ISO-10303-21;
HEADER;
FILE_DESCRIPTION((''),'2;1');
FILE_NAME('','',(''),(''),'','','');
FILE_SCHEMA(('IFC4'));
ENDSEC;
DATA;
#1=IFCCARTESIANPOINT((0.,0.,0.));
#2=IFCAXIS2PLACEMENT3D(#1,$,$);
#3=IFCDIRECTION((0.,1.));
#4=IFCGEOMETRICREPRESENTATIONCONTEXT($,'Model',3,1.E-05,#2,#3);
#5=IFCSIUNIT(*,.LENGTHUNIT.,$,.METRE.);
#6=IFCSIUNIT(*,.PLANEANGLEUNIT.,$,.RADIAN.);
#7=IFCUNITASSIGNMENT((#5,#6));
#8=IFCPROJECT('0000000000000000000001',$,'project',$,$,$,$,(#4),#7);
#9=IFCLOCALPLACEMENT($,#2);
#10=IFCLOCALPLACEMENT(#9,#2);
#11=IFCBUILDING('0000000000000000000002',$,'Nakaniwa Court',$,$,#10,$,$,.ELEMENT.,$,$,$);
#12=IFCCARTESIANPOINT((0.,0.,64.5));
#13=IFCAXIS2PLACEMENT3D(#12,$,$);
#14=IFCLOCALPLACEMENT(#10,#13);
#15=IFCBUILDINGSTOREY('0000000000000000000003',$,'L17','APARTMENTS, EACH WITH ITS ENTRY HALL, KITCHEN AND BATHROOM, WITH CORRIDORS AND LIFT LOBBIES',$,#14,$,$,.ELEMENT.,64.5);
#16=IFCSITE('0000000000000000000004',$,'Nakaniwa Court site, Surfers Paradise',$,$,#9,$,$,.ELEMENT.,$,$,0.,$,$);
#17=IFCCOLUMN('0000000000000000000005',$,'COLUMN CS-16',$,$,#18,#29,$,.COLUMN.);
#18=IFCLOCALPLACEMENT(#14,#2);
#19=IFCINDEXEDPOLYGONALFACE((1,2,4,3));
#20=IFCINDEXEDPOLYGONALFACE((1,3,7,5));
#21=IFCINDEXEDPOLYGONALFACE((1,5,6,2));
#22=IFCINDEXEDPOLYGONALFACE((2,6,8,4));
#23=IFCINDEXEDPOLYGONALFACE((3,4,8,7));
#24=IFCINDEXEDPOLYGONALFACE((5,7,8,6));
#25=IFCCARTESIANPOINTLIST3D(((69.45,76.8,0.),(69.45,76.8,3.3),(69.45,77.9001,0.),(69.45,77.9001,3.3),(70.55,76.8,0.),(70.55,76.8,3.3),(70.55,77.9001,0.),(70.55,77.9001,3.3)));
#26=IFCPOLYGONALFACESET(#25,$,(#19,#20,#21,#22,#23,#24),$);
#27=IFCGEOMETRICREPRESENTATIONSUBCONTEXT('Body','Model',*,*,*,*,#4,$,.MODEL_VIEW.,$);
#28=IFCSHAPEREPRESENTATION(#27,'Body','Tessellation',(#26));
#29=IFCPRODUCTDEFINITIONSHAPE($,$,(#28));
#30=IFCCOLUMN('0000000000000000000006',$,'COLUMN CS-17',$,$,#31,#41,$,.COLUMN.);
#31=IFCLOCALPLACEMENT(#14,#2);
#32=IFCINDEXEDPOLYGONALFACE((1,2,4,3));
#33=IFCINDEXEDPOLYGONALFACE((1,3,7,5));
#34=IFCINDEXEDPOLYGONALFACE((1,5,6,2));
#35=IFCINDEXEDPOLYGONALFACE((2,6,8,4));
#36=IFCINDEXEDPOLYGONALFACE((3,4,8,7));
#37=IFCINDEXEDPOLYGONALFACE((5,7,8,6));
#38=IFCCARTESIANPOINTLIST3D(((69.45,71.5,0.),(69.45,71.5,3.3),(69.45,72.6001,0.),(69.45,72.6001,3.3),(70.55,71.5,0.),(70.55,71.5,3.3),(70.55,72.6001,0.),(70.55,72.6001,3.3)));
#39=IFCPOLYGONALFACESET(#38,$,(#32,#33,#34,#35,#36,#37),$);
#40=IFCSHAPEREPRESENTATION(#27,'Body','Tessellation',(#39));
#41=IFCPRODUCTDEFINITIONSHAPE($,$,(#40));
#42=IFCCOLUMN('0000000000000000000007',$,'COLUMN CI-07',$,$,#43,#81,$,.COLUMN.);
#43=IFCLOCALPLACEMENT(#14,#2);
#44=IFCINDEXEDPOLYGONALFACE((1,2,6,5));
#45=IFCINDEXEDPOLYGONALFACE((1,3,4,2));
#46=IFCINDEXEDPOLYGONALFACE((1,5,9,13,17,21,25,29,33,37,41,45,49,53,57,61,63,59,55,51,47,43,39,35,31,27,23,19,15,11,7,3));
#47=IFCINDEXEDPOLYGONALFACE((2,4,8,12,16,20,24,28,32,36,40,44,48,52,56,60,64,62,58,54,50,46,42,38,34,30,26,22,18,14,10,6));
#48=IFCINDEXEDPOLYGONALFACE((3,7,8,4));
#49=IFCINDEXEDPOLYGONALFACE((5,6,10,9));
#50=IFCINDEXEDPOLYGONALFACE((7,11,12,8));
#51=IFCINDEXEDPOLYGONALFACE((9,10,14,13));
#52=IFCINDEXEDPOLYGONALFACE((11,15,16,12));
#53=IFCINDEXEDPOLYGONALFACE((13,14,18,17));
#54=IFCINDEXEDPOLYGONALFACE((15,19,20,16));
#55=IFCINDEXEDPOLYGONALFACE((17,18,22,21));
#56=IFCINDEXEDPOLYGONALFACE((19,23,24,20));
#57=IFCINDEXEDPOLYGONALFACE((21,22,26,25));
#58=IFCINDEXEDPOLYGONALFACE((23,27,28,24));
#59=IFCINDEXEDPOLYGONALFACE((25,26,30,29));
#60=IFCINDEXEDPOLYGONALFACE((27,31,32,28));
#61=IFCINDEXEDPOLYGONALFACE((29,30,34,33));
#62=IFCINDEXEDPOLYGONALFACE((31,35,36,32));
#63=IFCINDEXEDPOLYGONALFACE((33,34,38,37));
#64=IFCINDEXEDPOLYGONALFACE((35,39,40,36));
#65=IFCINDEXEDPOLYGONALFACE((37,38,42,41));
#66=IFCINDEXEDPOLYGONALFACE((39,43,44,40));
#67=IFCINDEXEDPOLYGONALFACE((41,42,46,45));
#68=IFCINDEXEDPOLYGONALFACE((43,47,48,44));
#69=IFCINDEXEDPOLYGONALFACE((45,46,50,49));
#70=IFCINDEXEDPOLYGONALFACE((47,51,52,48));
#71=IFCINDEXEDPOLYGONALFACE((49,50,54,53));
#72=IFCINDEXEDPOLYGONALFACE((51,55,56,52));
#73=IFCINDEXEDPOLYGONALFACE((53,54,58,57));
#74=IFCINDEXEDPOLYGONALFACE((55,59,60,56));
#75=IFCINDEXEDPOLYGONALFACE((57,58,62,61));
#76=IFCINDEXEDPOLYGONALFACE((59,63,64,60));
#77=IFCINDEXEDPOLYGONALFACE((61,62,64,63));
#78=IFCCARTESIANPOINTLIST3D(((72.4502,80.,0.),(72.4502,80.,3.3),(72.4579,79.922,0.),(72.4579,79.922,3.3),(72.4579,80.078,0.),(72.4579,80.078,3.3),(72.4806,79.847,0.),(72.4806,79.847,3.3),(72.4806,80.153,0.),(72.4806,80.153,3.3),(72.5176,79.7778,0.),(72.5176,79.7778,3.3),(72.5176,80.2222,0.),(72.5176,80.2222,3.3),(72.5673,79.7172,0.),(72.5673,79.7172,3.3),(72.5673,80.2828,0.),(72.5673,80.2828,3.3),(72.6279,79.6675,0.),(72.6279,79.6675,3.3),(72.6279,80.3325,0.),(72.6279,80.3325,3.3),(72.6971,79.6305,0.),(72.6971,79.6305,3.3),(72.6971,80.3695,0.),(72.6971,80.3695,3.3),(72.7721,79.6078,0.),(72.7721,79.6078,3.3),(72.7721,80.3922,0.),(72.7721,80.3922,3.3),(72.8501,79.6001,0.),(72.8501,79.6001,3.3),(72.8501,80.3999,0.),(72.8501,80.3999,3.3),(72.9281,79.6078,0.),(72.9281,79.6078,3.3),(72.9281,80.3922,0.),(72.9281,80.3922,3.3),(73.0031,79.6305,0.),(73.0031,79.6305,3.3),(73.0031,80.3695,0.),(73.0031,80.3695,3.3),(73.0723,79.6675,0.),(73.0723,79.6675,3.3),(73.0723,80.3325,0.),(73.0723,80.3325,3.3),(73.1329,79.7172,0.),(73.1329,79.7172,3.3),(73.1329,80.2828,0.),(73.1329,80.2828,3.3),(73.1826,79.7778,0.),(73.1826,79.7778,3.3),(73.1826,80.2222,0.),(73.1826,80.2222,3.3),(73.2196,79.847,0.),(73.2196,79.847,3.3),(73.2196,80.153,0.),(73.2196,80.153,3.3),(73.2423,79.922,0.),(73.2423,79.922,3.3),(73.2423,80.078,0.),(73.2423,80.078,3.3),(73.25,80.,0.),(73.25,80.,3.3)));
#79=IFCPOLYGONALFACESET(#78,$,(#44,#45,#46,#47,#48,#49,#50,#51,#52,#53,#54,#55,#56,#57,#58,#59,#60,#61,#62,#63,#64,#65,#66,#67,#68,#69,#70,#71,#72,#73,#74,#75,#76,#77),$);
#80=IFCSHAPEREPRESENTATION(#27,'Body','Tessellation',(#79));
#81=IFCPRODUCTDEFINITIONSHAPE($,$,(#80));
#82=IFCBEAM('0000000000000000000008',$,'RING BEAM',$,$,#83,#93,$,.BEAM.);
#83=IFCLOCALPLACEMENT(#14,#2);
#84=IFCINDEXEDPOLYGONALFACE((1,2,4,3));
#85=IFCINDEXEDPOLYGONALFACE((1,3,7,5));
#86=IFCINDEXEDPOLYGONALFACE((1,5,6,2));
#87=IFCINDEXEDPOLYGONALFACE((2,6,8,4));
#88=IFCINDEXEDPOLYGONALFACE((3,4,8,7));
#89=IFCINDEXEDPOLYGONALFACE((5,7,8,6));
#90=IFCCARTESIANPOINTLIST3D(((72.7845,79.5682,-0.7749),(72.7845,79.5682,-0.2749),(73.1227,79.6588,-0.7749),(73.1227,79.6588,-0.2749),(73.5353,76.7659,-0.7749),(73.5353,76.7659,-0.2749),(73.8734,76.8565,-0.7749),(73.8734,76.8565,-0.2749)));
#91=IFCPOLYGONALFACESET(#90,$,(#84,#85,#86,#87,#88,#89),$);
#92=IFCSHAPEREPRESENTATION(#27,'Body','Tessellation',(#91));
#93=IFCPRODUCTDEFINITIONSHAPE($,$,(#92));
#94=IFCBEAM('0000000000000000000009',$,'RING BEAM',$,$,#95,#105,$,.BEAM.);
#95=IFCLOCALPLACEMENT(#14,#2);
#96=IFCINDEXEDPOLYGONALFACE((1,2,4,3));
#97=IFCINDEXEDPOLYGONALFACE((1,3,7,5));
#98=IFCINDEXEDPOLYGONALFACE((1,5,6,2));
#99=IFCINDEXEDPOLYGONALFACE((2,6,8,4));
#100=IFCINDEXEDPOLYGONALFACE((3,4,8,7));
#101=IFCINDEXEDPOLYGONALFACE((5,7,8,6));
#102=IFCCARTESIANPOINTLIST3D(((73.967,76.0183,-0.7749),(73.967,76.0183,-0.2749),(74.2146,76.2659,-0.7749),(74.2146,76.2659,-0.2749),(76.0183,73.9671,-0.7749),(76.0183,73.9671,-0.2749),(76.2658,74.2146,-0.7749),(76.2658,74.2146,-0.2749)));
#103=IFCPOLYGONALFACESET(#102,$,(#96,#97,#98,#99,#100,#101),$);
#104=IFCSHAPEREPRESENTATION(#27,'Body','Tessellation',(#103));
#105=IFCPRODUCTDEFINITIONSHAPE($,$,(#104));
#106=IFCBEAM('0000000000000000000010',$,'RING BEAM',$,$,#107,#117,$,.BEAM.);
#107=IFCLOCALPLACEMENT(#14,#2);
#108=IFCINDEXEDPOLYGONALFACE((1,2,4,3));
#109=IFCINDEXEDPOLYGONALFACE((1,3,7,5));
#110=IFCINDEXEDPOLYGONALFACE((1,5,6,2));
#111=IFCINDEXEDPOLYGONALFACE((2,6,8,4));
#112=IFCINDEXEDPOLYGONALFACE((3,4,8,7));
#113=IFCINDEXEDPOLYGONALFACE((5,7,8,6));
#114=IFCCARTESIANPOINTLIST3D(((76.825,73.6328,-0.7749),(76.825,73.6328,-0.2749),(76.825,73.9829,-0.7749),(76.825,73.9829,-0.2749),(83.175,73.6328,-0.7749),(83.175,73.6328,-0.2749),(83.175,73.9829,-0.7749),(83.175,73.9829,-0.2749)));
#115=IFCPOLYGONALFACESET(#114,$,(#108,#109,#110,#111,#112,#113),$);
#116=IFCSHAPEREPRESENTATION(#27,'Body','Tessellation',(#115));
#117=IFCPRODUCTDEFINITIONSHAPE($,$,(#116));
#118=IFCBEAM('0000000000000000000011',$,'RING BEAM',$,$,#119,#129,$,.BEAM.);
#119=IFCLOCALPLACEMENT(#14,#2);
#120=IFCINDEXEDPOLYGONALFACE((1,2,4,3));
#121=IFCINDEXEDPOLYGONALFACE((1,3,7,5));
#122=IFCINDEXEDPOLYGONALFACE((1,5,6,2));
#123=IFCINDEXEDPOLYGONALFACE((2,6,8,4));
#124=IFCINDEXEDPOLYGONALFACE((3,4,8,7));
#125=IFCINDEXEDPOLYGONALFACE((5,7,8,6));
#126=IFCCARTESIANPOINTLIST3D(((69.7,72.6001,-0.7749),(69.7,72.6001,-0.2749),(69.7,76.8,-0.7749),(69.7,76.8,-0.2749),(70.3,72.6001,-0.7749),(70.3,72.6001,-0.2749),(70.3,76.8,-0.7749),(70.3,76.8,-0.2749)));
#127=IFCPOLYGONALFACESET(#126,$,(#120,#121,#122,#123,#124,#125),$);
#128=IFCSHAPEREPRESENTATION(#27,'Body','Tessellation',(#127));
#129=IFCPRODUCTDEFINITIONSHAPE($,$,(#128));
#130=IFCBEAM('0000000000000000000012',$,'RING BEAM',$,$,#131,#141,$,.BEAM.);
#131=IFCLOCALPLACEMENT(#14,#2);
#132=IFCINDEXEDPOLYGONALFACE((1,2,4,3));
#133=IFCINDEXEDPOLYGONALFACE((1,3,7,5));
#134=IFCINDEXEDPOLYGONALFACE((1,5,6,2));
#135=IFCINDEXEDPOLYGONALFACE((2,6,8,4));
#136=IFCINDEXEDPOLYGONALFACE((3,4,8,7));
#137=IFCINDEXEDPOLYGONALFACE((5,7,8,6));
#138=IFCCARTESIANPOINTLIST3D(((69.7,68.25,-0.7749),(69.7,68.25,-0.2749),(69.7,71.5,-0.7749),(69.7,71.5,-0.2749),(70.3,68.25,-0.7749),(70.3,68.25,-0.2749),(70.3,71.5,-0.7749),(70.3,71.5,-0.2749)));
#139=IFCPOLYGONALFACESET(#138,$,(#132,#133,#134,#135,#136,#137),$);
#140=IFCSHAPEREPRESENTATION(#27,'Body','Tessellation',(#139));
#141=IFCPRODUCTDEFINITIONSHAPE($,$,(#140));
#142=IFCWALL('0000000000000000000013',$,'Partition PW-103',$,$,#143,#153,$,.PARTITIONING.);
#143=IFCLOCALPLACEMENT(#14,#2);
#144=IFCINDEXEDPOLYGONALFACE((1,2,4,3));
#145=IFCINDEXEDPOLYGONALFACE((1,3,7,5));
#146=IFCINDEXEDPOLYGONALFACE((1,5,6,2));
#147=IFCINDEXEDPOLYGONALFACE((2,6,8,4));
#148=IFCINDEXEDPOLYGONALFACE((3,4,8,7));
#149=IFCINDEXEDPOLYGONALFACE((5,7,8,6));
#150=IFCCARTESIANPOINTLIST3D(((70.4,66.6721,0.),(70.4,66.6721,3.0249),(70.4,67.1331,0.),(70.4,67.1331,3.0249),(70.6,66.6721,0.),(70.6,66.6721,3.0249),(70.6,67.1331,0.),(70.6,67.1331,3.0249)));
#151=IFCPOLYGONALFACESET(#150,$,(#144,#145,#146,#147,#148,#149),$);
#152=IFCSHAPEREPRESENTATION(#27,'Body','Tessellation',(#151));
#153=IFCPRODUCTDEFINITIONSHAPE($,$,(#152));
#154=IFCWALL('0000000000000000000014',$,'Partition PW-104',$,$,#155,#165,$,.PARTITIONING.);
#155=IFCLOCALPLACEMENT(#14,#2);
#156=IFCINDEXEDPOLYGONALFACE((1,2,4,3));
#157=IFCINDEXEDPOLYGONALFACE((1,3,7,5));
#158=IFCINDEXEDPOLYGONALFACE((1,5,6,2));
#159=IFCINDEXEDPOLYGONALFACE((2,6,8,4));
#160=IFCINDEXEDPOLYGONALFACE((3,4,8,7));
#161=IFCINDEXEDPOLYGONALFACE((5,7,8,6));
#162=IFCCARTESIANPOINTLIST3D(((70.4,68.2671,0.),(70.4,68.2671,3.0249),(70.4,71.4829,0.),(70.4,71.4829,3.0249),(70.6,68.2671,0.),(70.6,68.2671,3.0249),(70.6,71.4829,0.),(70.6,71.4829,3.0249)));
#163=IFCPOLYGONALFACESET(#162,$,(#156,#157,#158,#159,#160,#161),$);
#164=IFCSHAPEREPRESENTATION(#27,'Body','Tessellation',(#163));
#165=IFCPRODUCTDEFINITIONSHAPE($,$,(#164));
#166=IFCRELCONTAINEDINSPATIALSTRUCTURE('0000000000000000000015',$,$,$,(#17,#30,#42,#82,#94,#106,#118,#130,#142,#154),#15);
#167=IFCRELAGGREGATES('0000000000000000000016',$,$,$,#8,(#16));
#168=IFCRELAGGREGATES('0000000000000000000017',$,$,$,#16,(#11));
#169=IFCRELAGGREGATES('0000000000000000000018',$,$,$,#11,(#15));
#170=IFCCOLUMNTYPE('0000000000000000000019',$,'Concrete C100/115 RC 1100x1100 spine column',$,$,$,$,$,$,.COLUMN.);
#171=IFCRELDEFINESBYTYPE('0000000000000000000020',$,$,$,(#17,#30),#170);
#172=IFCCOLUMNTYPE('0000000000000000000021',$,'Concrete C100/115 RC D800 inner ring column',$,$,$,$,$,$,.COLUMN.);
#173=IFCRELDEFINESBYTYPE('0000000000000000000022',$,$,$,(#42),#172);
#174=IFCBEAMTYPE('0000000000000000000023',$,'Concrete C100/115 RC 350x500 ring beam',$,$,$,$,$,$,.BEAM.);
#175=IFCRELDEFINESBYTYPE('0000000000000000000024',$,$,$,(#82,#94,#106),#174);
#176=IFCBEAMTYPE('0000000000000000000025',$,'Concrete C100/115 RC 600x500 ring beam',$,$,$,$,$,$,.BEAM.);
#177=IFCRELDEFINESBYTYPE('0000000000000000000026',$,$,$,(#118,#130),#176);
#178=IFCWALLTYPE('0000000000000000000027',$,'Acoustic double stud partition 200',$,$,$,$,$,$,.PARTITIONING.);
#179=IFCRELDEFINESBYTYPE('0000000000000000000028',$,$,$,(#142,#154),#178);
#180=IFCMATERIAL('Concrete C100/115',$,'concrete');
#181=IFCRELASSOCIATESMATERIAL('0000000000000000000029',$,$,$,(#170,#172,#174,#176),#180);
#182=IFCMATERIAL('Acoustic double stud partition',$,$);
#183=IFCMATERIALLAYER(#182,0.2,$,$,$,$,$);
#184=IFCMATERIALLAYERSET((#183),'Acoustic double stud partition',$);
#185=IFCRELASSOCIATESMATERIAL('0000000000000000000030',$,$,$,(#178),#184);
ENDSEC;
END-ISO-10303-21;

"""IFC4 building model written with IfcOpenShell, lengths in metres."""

from ifc_helpers import new_model, si_unit, direction, frame, frame_2d, origin, origin_2d, place, context, subcontext, project, spatial, rectangle, circle, extrude, material, layer, layer_set, material_profile, profile_set, type_object, element, save


model = new_model("IFC4")

# Units and contexts
model_context = context("Model", 3, precision=1e-05, world=origin(), true_north=direction((0.0, 1.0)))
body_context = subcontext(model_context, "Body", "Model", "MODEL_VIEW")
ifc_project = project(units=[si_unit("LENGTHUNIT", "METRE"), si_unit("PLANEANGLEUNIT", "RADIAN")], contexts=[model_context])

# Site, building, storey
site_placement = place(None, origin())
site = spatial("IfcSite", under=ifc_project, at=site_placement, Name="Nakaniwa Court site, Surfers Paradise", CompositionType="ELEMENT", RefElevation=0.0)
building_placement = place(site_placement, origin())
building = spatial("IfcBuilding", under=site, at=building_placement, Name="Nakaniwa Court", CompositionType="ELEMENT")
storey_placement = place(building_placement, frame((0.0, 0.0, 64.5)))
storey = spatial("IfcBuildingStorey", under=building, at=storey_placement, Name="L17", Description="APARTMENTS, EACH WITH ITS ENTRY HALL, KITCHEN AND BATHROOM, WITH CORRIDORS AND LIFT LOBBIES", CompositionType="ELEMENT", Elevation=64.5)

# Columns
ifc_material_1 = material(Name="Concrete C100/115", Category="concrete")
ifc_material_profile_1 = material_profile(ifc_material_1, rectangle(XDim=1.1001, YDim=1.1001, at=origin_2d()), Name="Concrete C100/115 RC 1100x1100 spine column")
ifc_profile_set_1 = profile_set([ifc_material_profile_1], Name="Concrete C100/115")
column_type_1 = type_object("IfcColumnType", Name="Concrete C100/115 RC 1100x1100 spine column", PredefinedType="COLUMN", material=ifc_profile_set_1)
for number, where, z_axis, x_axis, name in (
    (1, (70.0, 77.3501, 0.0), (0.0, 0.0, 1.0), (0.0, -1.0, 0.0), "COLUMN CS-16"),
    (2, (70.0, 72.05, 0.0), (0.0, 0.0, 1.0), (0.0, -1.0, 0.0), "COLUMN CS-17"),
):
    element("IfcColumn", number, at=place(storey_placement, frame(where, z_axis=z_axis, x_axis=x_axis)), inside=storey, type_object=column_type_1, Name=name, PredefinedType="COLUMN", context=body_context, shape_type="SweptSolid", body=[
        extrude(rectangle(XDim=1.1001, YDim=1.1001, at=origin_2d()), origin(), (0.0, 0.0, 1.0), 3.3),
    ])
ifc_material_profile_2 = material_profile(ifc_material_1, circle(Radius=0.3999, at=origin_2d()), Name="Concrete C100/115 RC D800 inner ring column")
ifc_profile_set_2 = profile_set([ifc_material_profile_2], Name="Concrete C100/115")
column_type_2 = type_object("IfcColumnType", Name="Concrete C100/115 RC D800 inner ring column", PredefinedType="COLUMN", material=ifc_profile_set_2)
for number, where, z_axis, x_axis, name in (
    (3, (72.8501, 80.0, 0.0), (0.0, 0.0, 1.0), (0.0, -1.0, 0.0), "COLUMN CI-07"),
):
    element("IfcColumn", number, at=place(storey_placement, frame(where, z_axis=z_axis, x_axis=x_axis)), inside=storey, type_object=column_type_2, Name=name, PredefinedType="COLUMN", context=body_context, shape_type="SweptSolid", body=[
        extrude(circle(Radius=0.3999, at=origin_2d()), origin(), (0.0, 0.0, 1.0), 3.3),
    ])

# Beams
ifc_material_profile_3 = material_profile(ifc_material_1, rectangle(XDim=0.3501, YDim=0.5, at=origin_2d()), Name="Concrete C100/115 RC 350x500 ring beam")
ifc_profile_set_3 = profile_set([ifc_material_profile_3], Name="Concrete C100/115")
beam_type_1 = type_object("IfcBeamType", Name="Concrete C100/115 RC 350x500 ring beam", PredefinedType="BEAM", material=ifc_profile_set_3)
beam_1_placement = place(storey_placement, frame((72.9536, 79.6135, -0.5249), z_axis=(0.258778, -0.965937, 0.0), x_axis=(0.965937, 0.258778, 0.0)))
element("IfcBeam", 4, at=beam_1_placement, inside=storey, type_object=beam_type_1, Name="RING BEAM", PredefinedType="BEAM", context=body_context, shape_type="SweptSolid", body=[
    extrude(rectangle(XDim=0.3501, YDim=0.5, at=origin_2d()), origin(), (0.0, 0.0, 1.0), 2.9011),
])
beam_2_placement = place(storey_placement, frame((74.0908, 76.1421, -0.5249), z_axis=(0.707107, -0.707107, 0.0), x_axis=(0.707107, 0.707107, 0.0)))
element("IfcBeam", 5, at=beam_2_placement, inside=storey, type_object=beam_type_1, Name="RING BEAM", PredefinedType="BEAM", context=body_context, shape_type="SweptSolid", body=[
    extrude(rectangle(XDim=0.3501, YDim=0.5, at=origin_2d()), origin(), (0.0, 0.0, 1.0), 2.9009),
])
beam_3_placement = place(storey_placement, frame((76.825, 73.8079, -0.5249), z_axis=(1.0, 0.0, 0.0), x_axis=(0.0, 1.0, 0.0)))
element("IfcBeam", 6, at=beam_3_placement, inside=storey, type_object=beam_type_1, Name="RING BEAM", PredefinedType="BEAM", context=body_context, shape_type="SweptSolid", body=[
    extrude(rectangle(XDim=0.3501, YDim=0.5, at=origin_2d()), origin(), (0.0, 0.0, 1.0), 6.3501),
])
ifc_material_profile_4 = material_profile(ifc_material_1, rectangle(XDim=0.6001, YDim=0.5, at=origin_2d()), Name="Concrete C100/115 RC 600x500 ring beam")
ifc_profile_set_4 = profile_set([ifc_material_profile_4], Name="Concrete C100/115")
beam_type_2 = type_object("IfcBeamType", Name="Concrete C100/115 RC 600x500 ring beam", PredefinedType="BEAM", material=ifc_profile_set_4)
beam_4_placement = place(storey_placement, frame((70.0, 76.8, -0.5249), z_axis=(0.0, -1.0, 0.0), x_axis=(1.0, 0.0, 0.0)))
element("IfcBeam", 7, at=beam_4_placement, inside=storey, type_object=beam_type_2, Name="RING BEAM", PredefinedType="BEAM", context=body_context, shape_type="SweptSolid", body=[
    extrude(rectangle(XDim=0.6001, YDim=0.5, at=origin_2d()), origin(), (0.0, 0.0, 1.0), 4.2),
])
beam_5_placement = place(storey_placement, frame((70.0, 71.5, -0.5249), z_axis=(0.0, -1.0, 0.0), x_axis=(1.0, 0.0, 0.0)))
element("IfcBeam", 8, at=beam_5_placement, inside=storey, type_object=beam_type_2, Name="RING BEAM", PredefinedType="BEAM", context=body_context, shape_type="SweptSolid", body=[
    extrude(rectangle(XDim=0.6001, YDim=0.5, at=origin_2d()), origin(), (0.0, 0.0, 1.0), 3.25),
])

# Walls
ifc_material_2 = material(Name="Acoustic double stud partition")
ifc_layer_1 = layer(ifc_material_2, 0.2)
ifc_layer_set_1 = layer_set([ifc_layer_1], Name="Acoustic double stud partition")
wall_type_1 = type_object("IfcWallType", Name="Acoustic double stud partition 200", PredefinedType="PARTITIONING", material=ifc_layer_set_1)
wall_1_placement = place(storey_placement, frame((70.5, 66.6721, 0.0), z_axis=(0.0, 0.0, 1.0), x_axis=(0.0, 1.0, 0.0)))
element("IfcWall", 9, at=wall_1_placement, inside=storey, type_object=wall_type_1, Name="Partition PW-103", PredefinedType="PARTITIONING", context=body_context, shape_type="SweptSolid", body=[
    extrude(rectangle(XDim=0.4609, YDim=0.2, at=frame_2d((0.2305, 0.0))), origin(), (0.0, 0.0, 1.0), 3.0249),
])
wall_2_placement = place(storey_placement, frame((70.5, 68.2671, 0.0), z_axis=(0.0, 0.0, 1.0), x_axis=(0.0, 1.0, 0.0)))
element("IfcWall", 10, at=wall_2_placement, inside=storey, type_object=wall_type_1, Name="Partition PW-104", PredefinedType="PARTITIONING", context=body_context, shape_type="SweptSolid", body=[
    extrude(rectangle(XDim=3.2158, YDim=0.2, at=frame_2d((1.6079, 0.0))), origin(), (0.0, 0.0, 1.0), 3.0249),
])

save(model, "model.ifc")
